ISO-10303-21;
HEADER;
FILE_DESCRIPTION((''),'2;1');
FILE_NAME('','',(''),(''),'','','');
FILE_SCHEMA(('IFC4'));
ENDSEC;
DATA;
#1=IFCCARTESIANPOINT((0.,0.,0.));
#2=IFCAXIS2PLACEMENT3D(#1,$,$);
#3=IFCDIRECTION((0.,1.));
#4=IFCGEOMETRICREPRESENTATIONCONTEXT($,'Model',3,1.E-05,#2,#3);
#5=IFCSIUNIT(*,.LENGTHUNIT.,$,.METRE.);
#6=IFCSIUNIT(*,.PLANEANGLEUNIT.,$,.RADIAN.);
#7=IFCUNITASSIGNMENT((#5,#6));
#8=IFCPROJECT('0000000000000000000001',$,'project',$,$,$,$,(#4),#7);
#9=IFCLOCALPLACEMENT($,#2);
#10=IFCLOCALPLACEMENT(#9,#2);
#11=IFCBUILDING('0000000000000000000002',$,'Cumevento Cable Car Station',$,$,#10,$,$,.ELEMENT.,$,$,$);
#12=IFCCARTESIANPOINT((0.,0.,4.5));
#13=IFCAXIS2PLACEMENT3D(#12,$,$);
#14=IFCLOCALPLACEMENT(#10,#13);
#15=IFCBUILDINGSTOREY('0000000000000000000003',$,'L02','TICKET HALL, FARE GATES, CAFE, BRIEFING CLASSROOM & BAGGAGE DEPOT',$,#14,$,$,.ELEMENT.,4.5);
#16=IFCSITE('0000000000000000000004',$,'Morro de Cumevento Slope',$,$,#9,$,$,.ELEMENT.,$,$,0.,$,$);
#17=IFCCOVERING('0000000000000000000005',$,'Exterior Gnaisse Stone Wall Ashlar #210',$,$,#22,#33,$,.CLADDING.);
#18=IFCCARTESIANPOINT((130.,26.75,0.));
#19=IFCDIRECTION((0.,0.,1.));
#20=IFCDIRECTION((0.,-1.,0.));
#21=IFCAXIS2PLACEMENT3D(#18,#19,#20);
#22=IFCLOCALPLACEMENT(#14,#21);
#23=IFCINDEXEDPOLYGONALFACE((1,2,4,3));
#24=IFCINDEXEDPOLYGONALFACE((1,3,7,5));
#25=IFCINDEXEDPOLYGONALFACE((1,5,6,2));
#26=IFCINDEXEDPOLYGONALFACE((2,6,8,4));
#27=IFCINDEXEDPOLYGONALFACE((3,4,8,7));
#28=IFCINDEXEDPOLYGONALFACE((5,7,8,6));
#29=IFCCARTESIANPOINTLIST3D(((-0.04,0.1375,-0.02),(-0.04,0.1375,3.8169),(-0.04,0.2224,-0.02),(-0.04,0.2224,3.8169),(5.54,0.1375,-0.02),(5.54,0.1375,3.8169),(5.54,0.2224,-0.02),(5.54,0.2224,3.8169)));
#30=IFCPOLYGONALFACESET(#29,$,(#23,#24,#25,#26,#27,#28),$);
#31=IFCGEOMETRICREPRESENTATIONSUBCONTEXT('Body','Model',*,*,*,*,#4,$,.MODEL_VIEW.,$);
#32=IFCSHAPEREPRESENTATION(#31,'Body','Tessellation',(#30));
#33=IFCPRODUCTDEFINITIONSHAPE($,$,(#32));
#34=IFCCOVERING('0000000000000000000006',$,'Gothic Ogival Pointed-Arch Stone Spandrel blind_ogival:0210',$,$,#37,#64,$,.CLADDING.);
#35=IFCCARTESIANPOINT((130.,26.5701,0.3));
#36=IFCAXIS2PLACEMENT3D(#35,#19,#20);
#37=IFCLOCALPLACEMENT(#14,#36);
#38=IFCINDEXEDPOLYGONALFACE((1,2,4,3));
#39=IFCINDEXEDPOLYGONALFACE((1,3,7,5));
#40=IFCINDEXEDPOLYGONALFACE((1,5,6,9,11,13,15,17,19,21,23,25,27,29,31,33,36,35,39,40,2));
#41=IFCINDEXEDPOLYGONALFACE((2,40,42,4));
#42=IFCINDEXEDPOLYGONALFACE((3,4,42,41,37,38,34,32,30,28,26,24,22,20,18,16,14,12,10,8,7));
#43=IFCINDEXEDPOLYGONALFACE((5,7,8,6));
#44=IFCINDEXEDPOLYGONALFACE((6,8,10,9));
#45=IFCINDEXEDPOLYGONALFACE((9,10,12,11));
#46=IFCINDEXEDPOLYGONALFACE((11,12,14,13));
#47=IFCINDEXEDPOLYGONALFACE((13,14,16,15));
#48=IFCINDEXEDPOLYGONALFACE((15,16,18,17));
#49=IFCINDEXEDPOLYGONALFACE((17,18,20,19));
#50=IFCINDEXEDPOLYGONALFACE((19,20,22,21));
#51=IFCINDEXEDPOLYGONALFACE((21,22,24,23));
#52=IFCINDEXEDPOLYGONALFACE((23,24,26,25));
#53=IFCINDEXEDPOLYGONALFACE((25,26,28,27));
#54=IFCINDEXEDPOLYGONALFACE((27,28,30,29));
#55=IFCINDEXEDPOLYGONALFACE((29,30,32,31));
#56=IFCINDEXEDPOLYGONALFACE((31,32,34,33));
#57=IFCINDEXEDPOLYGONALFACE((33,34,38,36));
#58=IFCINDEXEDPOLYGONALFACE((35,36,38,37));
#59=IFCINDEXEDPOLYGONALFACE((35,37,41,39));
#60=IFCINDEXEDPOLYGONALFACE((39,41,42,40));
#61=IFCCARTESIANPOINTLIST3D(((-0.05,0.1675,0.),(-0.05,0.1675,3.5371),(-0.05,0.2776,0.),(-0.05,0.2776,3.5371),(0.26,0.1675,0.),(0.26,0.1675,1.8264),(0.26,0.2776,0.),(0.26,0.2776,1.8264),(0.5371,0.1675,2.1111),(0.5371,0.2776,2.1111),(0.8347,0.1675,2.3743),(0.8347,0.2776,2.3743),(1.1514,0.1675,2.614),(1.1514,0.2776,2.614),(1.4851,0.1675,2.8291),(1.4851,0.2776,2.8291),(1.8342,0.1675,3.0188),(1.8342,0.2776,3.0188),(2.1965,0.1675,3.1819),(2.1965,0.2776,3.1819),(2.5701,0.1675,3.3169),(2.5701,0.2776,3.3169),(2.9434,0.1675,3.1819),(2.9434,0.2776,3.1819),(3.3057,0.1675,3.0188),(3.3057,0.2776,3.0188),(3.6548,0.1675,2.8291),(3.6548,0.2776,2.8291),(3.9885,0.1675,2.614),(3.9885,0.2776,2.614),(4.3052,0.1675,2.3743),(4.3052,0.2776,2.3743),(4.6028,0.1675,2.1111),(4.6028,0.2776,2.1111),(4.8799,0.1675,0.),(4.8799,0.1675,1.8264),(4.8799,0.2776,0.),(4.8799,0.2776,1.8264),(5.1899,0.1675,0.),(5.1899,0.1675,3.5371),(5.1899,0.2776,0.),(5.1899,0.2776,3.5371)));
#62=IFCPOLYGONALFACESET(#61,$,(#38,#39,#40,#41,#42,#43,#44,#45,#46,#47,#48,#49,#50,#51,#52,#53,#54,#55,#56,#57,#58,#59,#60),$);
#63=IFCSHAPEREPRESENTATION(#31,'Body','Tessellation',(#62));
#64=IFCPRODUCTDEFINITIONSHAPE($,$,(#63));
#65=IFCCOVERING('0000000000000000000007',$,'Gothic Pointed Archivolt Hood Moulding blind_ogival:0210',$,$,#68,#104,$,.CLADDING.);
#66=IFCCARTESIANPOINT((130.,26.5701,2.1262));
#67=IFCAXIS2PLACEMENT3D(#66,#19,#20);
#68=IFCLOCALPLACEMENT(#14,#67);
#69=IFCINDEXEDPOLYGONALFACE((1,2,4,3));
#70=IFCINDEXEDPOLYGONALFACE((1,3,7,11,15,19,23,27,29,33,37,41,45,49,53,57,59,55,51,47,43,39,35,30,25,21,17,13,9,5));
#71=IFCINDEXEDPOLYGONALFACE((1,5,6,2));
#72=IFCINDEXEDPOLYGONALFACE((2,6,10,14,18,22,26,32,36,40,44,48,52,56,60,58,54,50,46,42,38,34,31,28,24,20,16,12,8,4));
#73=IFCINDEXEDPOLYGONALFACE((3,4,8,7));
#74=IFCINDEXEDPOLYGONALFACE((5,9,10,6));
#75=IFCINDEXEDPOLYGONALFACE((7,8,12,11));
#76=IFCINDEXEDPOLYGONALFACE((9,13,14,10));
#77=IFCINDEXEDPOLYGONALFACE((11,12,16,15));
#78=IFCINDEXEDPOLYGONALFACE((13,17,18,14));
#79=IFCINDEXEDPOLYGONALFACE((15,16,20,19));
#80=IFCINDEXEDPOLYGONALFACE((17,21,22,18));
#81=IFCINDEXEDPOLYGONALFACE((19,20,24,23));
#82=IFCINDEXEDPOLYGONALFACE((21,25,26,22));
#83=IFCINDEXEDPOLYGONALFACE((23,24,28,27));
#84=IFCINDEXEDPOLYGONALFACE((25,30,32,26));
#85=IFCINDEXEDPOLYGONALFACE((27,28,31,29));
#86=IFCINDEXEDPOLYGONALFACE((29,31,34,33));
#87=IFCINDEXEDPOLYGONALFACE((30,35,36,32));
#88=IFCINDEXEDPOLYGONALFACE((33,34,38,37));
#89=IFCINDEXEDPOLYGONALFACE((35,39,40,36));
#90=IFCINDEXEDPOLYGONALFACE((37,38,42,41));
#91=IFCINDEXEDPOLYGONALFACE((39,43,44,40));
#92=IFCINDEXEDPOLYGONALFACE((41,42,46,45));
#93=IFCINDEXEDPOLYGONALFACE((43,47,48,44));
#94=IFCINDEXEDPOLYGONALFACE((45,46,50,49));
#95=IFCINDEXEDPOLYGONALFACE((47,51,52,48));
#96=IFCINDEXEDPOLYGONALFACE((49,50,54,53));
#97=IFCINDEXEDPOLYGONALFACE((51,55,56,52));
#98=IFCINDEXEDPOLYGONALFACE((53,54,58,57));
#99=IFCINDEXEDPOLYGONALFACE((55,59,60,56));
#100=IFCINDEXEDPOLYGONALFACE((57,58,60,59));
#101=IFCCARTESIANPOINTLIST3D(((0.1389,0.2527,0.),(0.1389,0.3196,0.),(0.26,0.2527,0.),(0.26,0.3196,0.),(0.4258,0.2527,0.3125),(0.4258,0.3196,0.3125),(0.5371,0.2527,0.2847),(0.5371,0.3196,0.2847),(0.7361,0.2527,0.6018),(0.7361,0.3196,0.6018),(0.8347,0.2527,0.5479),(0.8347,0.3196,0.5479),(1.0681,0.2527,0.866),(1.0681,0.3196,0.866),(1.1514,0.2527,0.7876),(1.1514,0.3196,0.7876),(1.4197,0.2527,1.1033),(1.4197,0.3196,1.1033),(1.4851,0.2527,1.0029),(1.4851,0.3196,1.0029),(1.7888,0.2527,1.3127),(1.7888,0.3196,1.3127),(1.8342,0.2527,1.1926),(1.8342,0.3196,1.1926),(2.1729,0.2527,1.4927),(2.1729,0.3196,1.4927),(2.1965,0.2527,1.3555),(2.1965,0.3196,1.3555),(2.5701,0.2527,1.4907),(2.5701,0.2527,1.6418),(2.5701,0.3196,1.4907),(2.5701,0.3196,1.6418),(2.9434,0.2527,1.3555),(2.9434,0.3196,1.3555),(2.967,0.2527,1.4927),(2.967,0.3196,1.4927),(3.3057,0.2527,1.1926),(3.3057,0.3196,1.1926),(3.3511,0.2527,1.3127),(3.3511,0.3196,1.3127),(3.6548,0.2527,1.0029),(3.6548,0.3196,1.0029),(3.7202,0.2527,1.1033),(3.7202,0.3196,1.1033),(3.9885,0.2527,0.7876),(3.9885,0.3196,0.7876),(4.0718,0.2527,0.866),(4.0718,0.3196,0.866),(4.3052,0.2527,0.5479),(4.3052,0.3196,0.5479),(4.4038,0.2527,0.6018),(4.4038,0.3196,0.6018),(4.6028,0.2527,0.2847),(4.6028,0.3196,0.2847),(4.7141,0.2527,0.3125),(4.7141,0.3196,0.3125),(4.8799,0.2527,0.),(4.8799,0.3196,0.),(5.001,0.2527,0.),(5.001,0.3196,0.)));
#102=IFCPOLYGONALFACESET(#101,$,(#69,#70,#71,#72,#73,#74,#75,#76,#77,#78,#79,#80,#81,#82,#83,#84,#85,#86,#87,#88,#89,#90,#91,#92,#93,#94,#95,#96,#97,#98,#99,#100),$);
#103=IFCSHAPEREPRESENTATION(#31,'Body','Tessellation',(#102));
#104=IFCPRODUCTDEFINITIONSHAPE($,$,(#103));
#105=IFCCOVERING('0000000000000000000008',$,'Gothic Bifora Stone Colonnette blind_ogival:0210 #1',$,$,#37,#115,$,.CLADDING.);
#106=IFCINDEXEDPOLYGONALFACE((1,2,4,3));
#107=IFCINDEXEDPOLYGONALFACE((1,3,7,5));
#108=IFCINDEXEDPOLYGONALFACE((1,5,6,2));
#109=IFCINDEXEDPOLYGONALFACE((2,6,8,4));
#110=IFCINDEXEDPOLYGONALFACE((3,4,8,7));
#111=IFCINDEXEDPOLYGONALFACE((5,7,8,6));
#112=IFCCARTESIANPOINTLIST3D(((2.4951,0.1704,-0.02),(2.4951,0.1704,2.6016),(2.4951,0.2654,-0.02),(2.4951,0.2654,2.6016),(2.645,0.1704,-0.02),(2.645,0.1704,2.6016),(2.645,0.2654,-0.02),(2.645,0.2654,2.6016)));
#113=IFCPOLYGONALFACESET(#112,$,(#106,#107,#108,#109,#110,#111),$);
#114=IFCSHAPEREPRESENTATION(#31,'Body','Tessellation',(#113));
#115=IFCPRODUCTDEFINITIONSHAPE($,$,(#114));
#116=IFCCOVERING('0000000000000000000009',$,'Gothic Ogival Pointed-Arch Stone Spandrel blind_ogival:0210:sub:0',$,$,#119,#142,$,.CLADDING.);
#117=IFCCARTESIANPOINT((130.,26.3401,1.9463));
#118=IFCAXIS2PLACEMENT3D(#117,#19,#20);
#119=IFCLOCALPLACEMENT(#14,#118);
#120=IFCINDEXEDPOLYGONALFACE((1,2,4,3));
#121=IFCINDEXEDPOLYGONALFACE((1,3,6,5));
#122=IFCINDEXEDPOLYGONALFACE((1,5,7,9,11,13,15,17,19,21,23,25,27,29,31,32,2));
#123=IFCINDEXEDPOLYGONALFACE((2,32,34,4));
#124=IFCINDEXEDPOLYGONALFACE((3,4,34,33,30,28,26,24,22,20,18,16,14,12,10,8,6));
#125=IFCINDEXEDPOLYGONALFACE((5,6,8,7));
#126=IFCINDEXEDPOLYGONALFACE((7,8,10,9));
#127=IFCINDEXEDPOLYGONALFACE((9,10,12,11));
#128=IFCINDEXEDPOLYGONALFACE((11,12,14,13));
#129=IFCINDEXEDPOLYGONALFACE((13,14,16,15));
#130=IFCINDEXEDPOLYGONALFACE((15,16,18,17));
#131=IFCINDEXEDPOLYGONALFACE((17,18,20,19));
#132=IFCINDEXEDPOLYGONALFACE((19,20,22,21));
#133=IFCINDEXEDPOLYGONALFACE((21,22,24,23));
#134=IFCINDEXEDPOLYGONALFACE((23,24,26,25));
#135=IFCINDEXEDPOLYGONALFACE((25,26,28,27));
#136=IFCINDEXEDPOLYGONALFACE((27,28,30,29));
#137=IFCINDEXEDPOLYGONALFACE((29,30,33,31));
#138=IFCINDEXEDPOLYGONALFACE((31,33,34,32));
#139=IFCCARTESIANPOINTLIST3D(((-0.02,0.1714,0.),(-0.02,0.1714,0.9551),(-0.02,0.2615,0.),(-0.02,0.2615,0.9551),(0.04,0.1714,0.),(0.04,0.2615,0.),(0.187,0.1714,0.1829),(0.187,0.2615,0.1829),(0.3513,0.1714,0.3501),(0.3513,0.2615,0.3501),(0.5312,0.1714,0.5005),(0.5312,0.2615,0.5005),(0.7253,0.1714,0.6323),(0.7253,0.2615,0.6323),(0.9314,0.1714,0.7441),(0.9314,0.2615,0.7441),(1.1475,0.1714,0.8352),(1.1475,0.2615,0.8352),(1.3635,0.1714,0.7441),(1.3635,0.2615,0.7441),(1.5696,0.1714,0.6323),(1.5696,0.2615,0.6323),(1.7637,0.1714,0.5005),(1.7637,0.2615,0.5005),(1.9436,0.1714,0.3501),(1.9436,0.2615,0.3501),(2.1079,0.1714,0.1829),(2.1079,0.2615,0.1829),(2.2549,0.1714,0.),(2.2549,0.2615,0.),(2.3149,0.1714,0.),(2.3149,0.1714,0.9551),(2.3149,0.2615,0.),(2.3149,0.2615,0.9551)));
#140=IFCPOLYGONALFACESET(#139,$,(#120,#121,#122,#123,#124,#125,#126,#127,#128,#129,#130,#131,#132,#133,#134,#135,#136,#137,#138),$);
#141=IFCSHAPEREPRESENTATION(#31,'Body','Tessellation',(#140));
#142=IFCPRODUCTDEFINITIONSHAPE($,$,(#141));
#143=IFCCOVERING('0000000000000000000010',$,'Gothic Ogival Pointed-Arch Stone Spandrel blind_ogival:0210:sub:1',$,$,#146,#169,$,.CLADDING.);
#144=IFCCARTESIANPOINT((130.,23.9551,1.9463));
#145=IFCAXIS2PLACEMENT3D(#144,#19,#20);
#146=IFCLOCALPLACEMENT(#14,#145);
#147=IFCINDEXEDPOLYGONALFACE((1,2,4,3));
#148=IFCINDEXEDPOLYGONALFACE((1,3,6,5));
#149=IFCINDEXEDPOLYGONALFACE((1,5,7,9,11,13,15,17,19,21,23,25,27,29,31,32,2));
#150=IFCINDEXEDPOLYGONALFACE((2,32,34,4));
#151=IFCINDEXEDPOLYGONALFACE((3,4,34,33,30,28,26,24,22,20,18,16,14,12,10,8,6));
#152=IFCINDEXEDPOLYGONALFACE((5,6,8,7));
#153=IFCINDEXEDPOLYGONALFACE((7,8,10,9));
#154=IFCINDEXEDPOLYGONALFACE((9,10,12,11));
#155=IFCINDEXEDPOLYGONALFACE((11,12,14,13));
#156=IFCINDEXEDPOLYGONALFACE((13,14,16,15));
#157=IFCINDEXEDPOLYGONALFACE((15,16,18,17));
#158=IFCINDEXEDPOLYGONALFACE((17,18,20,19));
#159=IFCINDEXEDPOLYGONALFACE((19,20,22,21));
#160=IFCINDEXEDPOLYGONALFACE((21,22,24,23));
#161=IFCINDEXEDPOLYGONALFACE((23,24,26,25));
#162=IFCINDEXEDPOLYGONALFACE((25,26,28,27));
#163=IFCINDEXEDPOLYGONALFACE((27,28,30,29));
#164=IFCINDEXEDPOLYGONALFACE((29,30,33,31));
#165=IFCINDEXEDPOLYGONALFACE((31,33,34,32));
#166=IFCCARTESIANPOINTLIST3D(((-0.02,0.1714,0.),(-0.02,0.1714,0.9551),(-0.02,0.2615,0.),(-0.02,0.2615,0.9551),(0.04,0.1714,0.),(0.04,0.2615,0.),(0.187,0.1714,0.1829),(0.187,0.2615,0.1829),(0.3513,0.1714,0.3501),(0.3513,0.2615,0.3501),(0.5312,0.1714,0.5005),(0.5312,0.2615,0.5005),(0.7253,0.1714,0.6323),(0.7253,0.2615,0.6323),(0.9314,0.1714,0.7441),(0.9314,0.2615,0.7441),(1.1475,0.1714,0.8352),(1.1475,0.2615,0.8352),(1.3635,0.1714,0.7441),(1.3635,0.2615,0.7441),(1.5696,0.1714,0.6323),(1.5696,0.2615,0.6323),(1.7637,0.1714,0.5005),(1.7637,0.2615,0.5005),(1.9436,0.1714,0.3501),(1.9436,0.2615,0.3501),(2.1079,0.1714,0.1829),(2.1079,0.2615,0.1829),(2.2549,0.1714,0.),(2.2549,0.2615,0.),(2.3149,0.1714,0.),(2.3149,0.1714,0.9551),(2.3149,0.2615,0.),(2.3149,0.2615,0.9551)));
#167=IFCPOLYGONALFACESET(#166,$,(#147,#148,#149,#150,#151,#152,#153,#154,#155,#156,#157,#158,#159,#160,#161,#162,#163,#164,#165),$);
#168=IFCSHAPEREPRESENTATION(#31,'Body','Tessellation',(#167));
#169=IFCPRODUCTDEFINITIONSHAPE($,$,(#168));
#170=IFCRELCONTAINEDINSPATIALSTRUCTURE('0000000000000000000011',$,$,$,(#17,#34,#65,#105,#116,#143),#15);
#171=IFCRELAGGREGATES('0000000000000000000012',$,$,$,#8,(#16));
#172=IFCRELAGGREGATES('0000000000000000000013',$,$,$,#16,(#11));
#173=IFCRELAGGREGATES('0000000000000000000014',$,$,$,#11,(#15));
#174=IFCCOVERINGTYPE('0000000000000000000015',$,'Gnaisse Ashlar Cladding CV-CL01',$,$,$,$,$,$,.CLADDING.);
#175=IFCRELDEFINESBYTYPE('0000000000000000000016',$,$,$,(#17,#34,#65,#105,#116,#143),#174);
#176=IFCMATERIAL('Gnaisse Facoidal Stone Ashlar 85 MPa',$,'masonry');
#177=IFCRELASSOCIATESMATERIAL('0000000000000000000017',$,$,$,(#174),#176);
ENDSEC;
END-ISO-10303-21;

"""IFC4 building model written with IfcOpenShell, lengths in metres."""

from ifc_helpers import new_model, si_unit, direction, frame, origin, place, context, subcontext, project, spatial, polyline, outline, extrude, material, type_object, element, save


model = new_model("IFC4")

# Units and contexts
model_context = context("Model", 3, precision=1e-05, world=origin(), true_north=direction((0.0, 1.0)))
body_context = subcontext(model_context, "Body", "Model", "MODEL_VIEW")
ifc_project = project(units=[si_unit("LENGTHUNIT", "METRE"), si_unit("PLANEANGLEUNIT", "RADIAN")], contexts=[model_context])

# Site, building, storey
site_placement = place(None, origin())
site = spatial("IfcSite", under=ifc_project, at=site_placement, Name="Morro de Cumevento Slope", CompositionType="ELEMENT", RefElevation=0.0)
building_placement = place(site_placement, origin())
building = spatial("IfcBuilding", under=site, at=building_placement, Name="Cumevento Cable Car Station", CompositionType="ELEMENT")
storey_placement = place(building_placement, frame((0.0, 0.0, 4.5)))
storey = spatial("IfcBuildingStorey", under=building, at=storey_placement, Name="L02", Description="TICKET HALL, FARE GATES, CAFE, BRIEFING CLASSROOM & BAGGAGE DEPOT", CompositionType="ELEMENT", Elevation=4.5)

# Coverings
ifc_material_1 = material(Name="Gnaisse Facoidal Stone Ashlar 85 MPa", Category="masonry")
covering_type = type_object("IfcCoveringType", Name="Gnaisse Ashlar Cladding CV-CL01", PredefinedType="CLADDING", material=ifc_material_1)
covering_1_placement = place(storey_placement, frame((130.0, 26.75, 0.0), z_axis=(0.0, 0.0, 1.0), x_axis=(0.0, -1.0, 0.0)))
element("IfcCovering", 1, at=covering_1_placement, inside=storey, type_object=covering_type, Name="Exterior Gnaisse Stone Wall Ashlar #210", PredefinedType="CLADDING", context=body_context, shape_type="SweptSolid", body=[
    extrude(outline(polyline([(-0.04, -0.02), (5.54, -0.02), (5.54, 3.8169), (-0.04, 3.8169), (-0.04, -0.02)])), frame((0.0, 0.2224, 0.0), z_axis=(0.0, -1.0, 0.0), x_axis=(1.0, 0.0, 0.0)), (0.0, 0.0, 1.0), 0.085),
])
placement = place(storey_placement, frame((130.0, 26.5701, 0.3), z_axis=(0.0, 0.0, 1.0), x_axis=(0.0, -1.0, 0.0)))
element("IfcCovering", 2, at=placement, inside=storey, type_object=covering_type, Name="Gothic Ogival Pointed-Arch Stone Spandrel blind_ogival:0210", PredefinedType="CLADDING", context=body_context, shape_type="SweptSolid", body=[
    extrude(outline(polyline([(-0.05, 0.0), (-0.05, 3.5371), (5.1899, 3.5371), (5.1899, 0.0), (4.8799, 0.0), (4.8799, 1.8264), (4.6028, 2.1111), (4.3052, 2.3743), (3.9885, 2.614), (3.6548, 2.8291), (3.3057, 3.0188), (2.9434, 3.1819), (2.5701, 3.3169), (2.1965, 3.1819), (1.8342, 3.0188), (1.4851, 2.8291), (1.1514, 2.614), (0.8347, 2.3743), (0.5371, 2.1111), (0.26, 1.8264), (0.26, 0.0), (-0.05, 0.0)])), frame((0.0, 0.2776, 0.0), z_axis=(0.0, -1.0, 0.0), x_axis=(1.0, 0.0, 0.0)), (0.0, 0.0, 1.0), 0.1101),
])
covering_2_placement = place(storey_placement, frame((130.0, 26.5701, 2.1262), z_axis=(0.0, 0.0, 1.0), x_axis=(0.0, -1.0, 0.0)))
element("IfcCovering", 3, at=covering_2_placement, inside=storey, type_object=covering_type, Name="Gothic Pointed Archivolt Hood Moulding blind_ogival:0210", PredefinedType="CLADDING", context=body_context, shape_type="SweptSolid", body=[
    extrude(outline(polyline([(0.26, 0.0), (0.5371, 0.2847), (0.8347, 0.5479), (1.1514, 0.7876), (1.4851, 1.0029), (1.8342, 1.1926), (2.1965, 1.3555), (2.5701, 1.4907), (2.9434, 1.3555), (3.3057, 1.1926), (3.6548, 1.0029), (3.9885, 0.7876), (4.3052, 0.5479), (4.6028, 0.2847), (4.8799, 0.0), (5.001, 0.0), (4.7141, 0.3125), (4.4038, 0.6018), (4.0718, 0.866), (3.7202, 1.1033), (3.3511, 1.3127), (2.967, 1.4927), (2.5701, 1.6418), (2.1729, 1.4927), (1.7888, 1.3127), (1.4197, 1.1033), (1.0681, 0.866), (0.7361, 0.6018), (0.4258, 0.3125), (0.1389, 0.0), (0.26, 0.0)])), frame((0.0, 0.3196, 0.0), z_axis=(0.0, -1.0, 0.0), x_axis=(1.0, 0.0, 0.0)), (0.0, 0.0, 1.0), 0.0669),
])
element("IfcCovering", 4, at=placement, inside=storey, type_object=covering_type, Name="Gothic Bifora Stone Colonnette blind_ogival:0210 #1", PredefinedType="CLADDING", context=body_context, shape_type="SweptSolid", body=[
    extrude(outline(polyline([(2.4951, -0.02), (2.645, -0.02), (2.645, 2.6016), (2.4951, 2.6016), (2.4951, -0.02)])), frame((0.0, 0.2654, 0.0), z_axis=(0.0, -1.0, 0.0), x_axis=(1.0, 0.0, 0.0)), (0.0, 0.0, 1.0), 0.095),
])
for number, where, z_axis, x_axis, name in (
    (5, (130.0, 26.3401, 1.9463), (0.0, 0.0, 1.0), (0.0, -1.0, 0.0), "Gothic Ogival Pointed-Arch Stone Spandrel blind_ogival:0210:sub:0"),
    (6, (130.0, 23.9551, 1.9463), (0.0, 0.0, 1.0), (0.0, -1.0, 0.0), "Gothic Ogival Pointed-Arch Stone Spandrel blind_ogival:0210:sub:1"),
):
    element("IfcCovering", number, at=place(storey_placement, frame(where, z_axis=z_axis, x_axis=x_axis)), inside=storey, type_object=covering_type, Name=name, PredefinedType="CLADDING", context=body_context, shape_type="SweptSolid", body=[
        extrude(outline(polyline([(-0.02, 0.0), (-0.02, 0.9551), (2.3149, 0.9551), (2.3149, 0.0), (2.2549, 0.0), (2.1079, 0.1829), (1.9436, 0.3501), (1.7637, 0.5005), (1.5696, 0.6323), (1.3635, 0.7441), (1.1475, 0.8352), (0.9314, 0.7441), (0.7253, 0.6323), (0.5312, 0.5005), (0.3513, 0.3501), (0.187, 0.1829), (0.04, 0.0), (-0.02, 0.0)])), frame((0.0, 0.2615, 0.0), z_axis=(0.0, -1.0, 0.0), x_axis=(1.0, 0.0, 0.0)), (0.0, 0.0, 1.0), 0.0901),
    ])

save(model, "model.ifc")
